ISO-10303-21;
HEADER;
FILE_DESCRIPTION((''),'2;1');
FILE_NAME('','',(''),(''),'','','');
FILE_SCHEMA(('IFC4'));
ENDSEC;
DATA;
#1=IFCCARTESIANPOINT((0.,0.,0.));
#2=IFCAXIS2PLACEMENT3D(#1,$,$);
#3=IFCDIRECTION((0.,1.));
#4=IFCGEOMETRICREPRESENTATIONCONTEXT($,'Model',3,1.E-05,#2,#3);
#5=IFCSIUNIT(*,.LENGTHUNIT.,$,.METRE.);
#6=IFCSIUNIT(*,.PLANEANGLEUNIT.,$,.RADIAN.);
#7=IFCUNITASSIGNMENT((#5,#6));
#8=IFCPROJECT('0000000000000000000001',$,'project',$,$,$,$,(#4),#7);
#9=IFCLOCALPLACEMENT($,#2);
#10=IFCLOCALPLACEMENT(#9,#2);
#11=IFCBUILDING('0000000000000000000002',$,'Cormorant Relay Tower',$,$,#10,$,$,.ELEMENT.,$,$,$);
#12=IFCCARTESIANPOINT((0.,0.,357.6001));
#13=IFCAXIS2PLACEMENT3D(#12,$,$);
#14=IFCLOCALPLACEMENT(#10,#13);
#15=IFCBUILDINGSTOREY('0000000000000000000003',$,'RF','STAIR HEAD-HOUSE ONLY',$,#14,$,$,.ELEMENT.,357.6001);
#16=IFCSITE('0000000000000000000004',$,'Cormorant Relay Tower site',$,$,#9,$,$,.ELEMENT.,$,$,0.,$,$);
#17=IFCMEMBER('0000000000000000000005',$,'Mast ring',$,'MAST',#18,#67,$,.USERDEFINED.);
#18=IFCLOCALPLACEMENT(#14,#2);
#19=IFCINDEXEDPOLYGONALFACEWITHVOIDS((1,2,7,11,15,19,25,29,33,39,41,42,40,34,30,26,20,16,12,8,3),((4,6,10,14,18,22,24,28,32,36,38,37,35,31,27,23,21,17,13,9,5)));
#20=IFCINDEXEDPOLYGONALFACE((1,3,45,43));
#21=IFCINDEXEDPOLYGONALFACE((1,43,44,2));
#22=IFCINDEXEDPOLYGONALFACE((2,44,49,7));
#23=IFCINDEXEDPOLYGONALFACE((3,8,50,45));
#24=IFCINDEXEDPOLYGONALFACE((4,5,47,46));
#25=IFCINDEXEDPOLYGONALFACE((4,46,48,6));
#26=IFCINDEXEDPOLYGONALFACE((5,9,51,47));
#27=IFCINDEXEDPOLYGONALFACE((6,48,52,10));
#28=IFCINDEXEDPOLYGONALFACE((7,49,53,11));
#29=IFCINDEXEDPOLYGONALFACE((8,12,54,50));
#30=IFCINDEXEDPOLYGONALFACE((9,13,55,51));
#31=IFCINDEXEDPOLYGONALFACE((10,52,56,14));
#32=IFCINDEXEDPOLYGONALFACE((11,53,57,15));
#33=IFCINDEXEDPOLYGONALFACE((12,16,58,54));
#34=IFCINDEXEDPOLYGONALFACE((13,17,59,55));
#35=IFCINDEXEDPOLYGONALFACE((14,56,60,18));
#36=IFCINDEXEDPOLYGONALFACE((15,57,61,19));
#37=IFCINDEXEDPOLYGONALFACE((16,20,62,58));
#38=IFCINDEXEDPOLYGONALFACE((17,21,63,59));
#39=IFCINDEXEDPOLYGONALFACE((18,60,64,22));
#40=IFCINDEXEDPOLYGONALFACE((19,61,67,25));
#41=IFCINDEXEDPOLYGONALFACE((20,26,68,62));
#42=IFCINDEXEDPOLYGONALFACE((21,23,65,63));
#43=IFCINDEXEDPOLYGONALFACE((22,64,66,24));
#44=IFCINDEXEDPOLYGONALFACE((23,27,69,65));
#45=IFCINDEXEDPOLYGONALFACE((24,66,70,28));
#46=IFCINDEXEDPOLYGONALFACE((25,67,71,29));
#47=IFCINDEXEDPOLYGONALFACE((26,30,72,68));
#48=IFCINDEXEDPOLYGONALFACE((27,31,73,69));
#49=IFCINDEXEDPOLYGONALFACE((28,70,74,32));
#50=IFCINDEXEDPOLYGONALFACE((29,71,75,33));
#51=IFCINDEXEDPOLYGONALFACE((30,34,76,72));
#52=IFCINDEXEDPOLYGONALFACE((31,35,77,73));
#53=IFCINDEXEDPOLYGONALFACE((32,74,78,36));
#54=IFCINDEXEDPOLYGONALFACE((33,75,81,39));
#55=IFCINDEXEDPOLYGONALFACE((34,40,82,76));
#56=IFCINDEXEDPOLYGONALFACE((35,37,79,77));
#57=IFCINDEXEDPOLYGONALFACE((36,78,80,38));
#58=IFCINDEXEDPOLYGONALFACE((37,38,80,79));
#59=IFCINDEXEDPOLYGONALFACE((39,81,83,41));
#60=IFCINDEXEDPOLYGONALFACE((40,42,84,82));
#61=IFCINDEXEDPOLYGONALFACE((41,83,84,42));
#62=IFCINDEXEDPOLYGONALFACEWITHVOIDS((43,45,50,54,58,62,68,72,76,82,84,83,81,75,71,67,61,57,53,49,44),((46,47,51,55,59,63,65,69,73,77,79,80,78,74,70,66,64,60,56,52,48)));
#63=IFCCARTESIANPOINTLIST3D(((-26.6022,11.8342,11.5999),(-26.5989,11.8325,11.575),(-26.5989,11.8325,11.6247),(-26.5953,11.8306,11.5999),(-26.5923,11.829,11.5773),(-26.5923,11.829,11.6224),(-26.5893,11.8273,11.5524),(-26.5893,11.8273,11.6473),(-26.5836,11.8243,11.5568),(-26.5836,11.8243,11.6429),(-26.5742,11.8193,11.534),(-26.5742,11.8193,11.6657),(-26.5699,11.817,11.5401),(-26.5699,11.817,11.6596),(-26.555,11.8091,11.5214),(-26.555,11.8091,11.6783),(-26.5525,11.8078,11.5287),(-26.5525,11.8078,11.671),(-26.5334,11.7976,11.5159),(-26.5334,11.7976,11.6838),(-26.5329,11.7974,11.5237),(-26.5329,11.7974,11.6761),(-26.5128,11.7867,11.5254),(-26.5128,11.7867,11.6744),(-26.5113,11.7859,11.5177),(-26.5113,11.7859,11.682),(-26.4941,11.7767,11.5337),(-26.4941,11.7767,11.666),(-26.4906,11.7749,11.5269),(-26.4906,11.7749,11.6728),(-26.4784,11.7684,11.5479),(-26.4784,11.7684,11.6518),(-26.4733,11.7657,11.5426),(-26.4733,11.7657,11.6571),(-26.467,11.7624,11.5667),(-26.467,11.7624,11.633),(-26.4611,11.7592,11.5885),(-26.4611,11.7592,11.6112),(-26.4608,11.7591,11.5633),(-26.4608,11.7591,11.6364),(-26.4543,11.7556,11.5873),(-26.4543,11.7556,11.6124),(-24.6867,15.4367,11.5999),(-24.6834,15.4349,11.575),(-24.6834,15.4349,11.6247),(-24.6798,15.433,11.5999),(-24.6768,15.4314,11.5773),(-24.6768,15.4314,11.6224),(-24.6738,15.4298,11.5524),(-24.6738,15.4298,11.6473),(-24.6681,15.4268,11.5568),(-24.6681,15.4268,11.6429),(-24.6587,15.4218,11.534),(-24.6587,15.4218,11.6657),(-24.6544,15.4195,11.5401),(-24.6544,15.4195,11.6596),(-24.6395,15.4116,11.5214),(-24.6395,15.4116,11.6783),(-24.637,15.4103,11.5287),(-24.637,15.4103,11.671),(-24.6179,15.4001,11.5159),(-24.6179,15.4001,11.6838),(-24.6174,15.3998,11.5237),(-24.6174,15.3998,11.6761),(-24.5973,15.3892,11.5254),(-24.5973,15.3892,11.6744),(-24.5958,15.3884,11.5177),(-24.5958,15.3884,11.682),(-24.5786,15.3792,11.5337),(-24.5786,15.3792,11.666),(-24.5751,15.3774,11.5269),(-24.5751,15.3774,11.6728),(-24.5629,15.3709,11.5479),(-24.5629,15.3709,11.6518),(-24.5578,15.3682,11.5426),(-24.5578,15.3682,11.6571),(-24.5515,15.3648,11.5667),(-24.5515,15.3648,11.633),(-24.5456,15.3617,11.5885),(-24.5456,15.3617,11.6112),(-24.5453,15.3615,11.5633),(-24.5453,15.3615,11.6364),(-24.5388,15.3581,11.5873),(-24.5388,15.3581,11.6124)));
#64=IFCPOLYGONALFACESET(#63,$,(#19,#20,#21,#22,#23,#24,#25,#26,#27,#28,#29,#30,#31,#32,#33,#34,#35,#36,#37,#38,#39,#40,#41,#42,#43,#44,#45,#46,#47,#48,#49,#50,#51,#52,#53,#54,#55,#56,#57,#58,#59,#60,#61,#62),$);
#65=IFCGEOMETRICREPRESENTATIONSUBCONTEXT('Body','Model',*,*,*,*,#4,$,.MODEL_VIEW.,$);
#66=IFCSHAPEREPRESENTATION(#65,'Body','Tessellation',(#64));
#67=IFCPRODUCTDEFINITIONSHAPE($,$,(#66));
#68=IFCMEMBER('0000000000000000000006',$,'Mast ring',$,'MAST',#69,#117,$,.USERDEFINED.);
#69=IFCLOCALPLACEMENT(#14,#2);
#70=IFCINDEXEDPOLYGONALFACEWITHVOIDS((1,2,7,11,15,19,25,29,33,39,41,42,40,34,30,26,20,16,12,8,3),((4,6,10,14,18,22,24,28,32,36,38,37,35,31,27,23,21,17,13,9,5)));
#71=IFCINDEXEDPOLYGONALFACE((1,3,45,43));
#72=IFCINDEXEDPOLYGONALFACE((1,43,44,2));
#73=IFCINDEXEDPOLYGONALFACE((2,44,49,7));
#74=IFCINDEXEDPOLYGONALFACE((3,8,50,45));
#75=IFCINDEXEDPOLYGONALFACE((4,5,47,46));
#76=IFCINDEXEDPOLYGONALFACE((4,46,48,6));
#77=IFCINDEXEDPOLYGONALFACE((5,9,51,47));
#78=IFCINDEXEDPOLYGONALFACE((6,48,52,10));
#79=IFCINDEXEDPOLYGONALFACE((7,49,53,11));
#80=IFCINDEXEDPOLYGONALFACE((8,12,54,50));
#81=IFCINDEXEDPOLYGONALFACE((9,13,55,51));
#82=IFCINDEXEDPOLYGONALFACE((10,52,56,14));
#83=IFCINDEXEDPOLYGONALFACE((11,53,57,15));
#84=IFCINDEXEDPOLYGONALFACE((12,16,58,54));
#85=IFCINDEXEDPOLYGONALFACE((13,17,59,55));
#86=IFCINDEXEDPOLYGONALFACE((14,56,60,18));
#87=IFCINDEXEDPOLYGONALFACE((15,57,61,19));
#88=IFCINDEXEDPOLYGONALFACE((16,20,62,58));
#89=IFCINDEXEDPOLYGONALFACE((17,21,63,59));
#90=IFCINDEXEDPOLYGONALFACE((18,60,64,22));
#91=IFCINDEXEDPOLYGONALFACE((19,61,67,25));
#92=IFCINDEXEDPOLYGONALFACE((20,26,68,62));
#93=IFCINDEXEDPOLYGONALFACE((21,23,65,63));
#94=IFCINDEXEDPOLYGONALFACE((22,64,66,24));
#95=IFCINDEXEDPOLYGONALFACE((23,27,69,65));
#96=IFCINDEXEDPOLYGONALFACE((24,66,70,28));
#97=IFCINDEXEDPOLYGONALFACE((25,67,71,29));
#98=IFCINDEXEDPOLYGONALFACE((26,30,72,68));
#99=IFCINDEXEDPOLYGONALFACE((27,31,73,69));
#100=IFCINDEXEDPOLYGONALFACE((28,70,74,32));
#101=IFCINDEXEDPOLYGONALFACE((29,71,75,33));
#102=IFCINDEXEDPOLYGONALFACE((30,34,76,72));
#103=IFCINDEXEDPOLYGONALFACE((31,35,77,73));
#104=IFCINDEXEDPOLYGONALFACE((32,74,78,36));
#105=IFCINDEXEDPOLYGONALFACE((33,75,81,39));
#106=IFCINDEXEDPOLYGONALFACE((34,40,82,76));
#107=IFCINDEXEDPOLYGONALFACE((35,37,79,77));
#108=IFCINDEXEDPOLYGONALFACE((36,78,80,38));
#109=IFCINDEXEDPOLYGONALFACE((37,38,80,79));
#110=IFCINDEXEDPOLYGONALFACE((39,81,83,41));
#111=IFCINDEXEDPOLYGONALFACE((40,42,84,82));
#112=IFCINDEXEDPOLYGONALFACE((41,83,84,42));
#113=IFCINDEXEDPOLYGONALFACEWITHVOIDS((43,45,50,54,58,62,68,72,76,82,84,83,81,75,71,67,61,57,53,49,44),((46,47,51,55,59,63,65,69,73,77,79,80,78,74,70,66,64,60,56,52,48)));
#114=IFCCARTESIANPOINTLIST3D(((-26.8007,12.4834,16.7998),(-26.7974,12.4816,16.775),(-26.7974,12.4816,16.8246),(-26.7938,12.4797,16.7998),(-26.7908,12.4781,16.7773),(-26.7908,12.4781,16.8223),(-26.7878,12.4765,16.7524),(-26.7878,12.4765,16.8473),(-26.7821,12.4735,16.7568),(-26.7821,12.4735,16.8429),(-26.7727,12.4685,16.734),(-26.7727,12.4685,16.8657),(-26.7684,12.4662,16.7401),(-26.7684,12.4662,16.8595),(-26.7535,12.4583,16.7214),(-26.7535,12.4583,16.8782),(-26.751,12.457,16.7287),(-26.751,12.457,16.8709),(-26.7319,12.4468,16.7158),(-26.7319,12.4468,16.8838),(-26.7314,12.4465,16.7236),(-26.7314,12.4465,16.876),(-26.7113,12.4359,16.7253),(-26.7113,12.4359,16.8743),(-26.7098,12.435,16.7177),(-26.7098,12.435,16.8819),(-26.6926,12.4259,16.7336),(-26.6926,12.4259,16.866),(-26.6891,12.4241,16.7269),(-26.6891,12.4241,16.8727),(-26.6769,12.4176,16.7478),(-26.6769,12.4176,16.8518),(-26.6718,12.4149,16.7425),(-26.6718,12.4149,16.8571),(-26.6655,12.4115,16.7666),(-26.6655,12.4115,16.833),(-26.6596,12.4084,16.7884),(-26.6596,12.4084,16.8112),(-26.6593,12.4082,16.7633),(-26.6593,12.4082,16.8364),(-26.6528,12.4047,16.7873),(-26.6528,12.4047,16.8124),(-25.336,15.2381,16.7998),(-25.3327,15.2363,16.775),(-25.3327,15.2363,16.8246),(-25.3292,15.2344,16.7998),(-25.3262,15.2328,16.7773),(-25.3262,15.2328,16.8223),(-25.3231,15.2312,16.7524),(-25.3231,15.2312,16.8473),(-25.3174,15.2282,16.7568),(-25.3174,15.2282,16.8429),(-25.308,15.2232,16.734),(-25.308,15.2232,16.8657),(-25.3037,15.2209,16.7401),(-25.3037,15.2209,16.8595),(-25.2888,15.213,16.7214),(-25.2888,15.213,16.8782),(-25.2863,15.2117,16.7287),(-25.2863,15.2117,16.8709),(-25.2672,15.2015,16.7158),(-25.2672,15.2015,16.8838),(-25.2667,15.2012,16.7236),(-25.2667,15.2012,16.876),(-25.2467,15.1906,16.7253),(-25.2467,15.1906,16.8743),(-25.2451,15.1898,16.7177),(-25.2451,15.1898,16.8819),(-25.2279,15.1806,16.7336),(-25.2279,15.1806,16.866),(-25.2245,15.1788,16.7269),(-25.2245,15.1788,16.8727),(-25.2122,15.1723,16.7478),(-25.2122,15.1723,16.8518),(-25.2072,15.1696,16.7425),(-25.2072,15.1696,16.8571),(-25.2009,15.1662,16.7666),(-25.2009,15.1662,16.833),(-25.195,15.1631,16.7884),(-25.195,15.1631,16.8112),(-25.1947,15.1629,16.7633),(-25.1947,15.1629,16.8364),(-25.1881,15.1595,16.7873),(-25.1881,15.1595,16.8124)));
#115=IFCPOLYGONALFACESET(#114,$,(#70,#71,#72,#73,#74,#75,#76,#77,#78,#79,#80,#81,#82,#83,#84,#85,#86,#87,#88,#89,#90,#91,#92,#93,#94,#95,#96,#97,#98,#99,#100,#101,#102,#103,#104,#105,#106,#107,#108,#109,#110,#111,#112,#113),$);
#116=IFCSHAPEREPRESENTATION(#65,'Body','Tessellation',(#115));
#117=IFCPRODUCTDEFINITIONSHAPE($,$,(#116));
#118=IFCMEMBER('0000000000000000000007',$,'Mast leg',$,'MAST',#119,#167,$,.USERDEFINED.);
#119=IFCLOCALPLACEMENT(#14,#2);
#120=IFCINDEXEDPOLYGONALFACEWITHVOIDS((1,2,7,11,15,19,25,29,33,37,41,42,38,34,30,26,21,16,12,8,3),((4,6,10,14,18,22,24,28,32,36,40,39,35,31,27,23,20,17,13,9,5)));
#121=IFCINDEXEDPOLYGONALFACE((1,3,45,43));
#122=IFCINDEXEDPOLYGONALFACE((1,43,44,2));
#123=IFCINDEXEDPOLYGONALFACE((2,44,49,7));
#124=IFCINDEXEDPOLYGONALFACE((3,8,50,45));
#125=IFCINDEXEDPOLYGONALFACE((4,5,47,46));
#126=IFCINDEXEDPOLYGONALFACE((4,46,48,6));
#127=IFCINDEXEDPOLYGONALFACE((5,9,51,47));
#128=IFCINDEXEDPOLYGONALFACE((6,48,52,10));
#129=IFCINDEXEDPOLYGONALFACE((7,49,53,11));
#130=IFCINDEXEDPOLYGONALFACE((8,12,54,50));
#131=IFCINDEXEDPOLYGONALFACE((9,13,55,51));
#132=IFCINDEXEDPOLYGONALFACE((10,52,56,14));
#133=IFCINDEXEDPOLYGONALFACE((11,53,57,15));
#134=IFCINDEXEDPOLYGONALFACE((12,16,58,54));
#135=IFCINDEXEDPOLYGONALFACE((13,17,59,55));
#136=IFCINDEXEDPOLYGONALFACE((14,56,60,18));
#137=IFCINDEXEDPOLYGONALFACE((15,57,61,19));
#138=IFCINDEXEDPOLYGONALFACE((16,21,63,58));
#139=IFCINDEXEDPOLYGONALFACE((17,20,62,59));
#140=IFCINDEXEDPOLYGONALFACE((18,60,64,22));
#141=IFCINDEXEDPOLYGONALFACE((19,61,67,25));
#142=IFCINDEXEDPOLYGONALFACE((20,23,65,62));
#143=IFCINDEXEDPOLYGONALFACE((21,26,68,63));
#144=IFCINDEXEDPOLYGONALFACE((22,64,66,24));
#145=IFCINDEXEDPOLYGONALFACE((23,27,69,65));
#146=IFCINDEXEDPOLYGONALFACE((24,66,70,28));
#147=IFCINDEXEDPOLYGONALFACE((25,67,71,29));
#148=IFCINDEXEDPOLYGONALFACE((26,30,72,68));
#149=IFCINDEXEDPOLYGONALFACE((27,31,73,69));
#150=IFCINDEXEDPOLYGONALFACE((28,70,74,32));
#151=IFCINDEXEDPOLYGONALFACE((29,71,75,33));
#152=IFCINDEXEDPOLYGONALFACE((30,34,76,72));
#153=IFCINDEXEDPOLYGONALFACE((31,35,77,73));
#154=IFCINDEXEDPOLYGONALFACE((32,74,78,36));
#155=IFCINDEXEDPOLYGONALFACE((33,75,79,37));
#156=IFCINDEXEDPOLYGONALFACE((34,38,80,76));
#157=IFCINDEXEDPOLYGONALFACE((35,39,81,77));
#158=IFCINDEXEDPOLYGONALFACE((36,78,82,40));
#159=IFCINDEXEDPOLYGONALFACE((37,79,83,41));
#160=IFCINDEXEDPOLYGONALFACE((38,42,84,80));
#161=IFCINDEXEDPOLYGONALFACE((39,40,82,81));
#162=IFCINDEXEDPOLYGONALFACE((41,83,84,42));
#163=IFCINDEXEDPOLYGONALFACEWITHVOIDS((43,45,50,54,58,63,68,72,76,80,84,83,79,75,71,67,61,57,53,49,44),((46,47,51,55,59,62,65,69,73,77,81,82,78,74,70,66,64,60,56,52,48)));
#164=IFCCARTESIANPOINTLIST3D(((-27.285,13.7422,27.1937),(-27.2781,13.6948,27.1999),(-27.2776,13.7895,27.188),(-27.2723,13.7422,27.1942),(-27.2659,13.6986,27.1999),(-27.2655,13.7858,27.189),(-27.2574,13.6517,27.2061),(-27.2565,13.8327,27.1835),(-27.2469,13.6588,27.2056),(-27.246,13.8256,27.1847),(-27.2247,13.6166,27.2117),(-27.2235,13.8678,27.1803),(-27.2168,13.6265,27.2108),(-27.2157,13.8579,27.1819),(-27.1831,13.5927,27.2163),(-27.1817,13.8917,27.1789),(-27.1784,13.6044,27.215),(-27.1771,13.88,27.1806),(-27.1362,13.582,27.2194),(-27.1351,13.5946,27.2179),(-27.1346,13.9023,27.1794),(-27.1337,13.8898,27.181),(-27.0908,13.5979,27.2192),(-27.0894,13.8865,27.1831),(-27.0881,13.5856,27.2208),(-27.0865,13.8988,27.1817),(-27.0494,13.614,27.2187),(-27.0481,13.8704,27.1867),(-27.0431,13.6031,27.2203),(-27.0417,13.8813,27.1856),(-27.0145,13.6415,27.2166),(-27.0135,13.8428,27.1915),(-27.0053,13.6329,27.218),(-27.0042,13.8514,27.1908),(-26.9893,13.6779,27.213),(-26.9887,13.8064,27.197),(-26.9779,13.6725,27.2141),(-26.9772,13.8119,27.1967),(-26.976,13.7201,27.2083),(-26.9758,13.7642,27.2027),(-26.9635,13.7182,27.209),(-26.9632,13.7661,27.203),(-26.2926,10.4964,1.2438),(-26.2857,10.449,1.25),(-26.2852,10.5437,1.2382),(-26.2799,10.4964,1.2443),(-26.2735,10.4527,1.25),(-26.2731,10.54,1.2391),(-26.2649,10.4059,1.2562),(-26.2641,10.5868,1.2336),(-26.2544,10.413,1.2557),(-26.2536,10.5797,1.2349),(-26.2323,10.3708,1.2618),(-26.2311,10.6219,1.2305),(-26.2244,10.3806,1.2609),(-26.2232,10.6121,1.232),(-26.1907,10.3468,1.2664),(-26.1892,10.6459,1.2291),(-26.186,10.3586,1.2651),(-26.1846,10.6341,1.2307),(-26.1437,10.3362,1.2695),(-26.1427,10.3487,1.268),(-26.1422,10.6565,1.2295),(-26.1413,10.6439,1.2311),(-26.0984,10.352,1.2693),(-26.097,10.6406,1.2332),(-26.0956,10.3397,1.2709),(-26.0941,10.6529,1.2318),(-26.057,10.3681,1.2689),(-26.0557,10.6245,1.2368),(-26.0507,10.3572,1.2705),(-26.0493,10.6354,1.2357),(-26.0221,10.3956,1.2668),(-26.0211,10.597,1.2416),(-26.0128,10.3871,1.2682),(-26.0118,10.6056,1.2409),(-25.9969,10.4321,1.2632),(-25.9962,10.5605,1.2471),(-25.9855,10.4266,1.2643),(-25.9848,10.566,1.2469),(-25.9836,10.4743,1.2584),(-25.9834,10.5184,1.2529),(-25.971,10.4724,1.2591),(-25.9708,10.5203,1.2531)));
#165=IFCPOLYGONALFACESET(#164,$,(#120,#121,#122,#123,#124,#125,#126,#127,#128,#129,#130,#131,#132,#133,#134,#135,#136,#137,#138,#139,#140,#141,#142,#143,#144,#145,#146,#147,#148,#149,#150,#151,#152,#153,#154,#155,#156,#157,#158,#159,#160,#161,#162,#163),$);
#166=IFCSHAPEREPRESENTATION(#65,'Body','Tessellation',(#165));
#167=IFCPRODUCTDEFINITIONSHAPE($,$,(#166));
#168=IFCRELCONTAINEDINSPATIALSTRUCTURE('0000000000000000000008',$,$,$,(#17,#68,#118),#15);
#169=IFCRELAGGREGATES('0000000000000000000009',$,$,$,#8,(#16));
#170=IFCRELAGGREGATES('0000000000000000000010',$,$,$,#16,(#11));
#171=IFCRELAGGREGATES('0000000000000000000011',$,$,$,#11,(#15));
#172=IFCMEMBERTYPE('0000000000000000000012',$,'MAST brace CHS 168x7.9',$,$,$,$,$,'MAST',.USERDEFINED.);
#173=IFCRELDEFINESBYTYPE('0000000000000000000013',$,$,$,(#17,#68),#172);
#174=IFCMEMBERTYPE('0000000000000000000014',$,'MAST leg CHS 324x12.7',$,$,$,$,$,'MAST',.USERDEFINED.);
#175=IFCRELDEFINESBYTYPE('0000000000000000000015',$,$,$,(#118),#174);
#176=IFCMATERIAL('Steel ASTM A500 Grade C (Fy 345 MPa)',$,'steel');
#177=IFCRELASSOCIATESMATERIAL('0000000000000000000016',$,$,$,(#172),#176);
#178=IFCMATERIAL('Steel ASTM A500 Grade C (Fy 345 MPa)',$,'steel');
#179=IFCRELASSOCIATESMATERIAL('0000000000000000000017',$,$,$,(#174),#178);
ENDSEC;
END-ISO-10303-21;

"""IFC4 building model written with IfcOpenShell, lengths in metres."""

from ifc_helpers import new_model, si_unit, direction, frame, origin, origin_2d, place, context, subcontext, project, spatial, hollow_circle, extrude, material, material_profile, profile_set, type_object, element, save


model = new_model("IFC4")

# Units and contexts
model_context = context("Model", 3, precision=1e-05, world=origin(), true_north=direction((0.0, 1.0)))
body_context = subcontext(model_context, "Body", "Model", "MODEL_VIEW")
ifc_project = project(units=[si_unit("LENGTHUNIT", "METRE"), si_unit("PLANEANGLEUNIT", "RADIAN")], contexts=[model_context])

# Site, building, storey
site_placement = place(None, origin())
site = spatial("IfcSite", under=ifc_project, at=site_placement, Name="Cormorant Relay Tower site", CompositionType="ELEMENT", RefElevation=0.0)
building_placement = place(site_placement, origin())
building = spatial("IfcBuilding", under=site, at=building_placement, Name="Cormorant Relay Tower", CompositionType="ELEMENT")
storey_placement = place(building_placement, frame((0.0, 0.0, 357.6001)))
storey = spatial("IfcBuildingStorey", under=building, at=storey_placement, Name="RF", Description="STAIR HEAD-HOUSE ONLY", CompositionType="ELEMENT", Elevation=357.6001)

# Members
ifc_material_1 = material(Name="Steel ASTM A500 Grade C (Fy 345 MPa)", Category="steel")
ifc_material_profile_1 = material_profile(ifc_material_1, hollow_circle(Radius=0.0842, WallThickness=0.0078, at=origin_2d()), Name="CHS 168x7.9")
ifc_profile_set_1 = profile_set([ifc_material_profile_1], Name="Steel ASTM A500 Grade C (Fy 345 MPa)")
member_type_1 = type_object("IfcMemberType", Name="MAST brace CHS 168x7.9", ElementType="MAST", PredefinedType="USERDEFINED", material=ifc_profile_set_1)
member_1_placement = place(storey_placement, frame((-26.5278, 11.7947, 11.5999), z_axis=(0.469476, 0.882945, 0.0), x_axis=(-0.882945, 0.469476, 0.0)))
element("IfcMember", 1, at=member_1_placement, inside=storey, type_object=member_type_1, Name="Mast ring", ObjectType="MAST", PredefinedType="USERDEFINED", context=body_context, shape_type="SweptSolid", body=[
    extrude(hollow_circle(Radius=0.0842, WallThickness=0.0078, at=origin_2d()), origin(), (0.0, 0.0, 1.0), 4.0801),
])
member_2_placement = place(storey_placement, frame((-26.7263, 12.4438, 16.7998), z_axis=(0.469455, 0.882957, 0.0), x_axis=(-0.882957, 0.469455, 0.0)))
element("IfcMember", 2, at=member_2_placement, inside=storey, type_object=member_type_1, Name="Mast ring", ObjectType="MAST", PredefinedType="USERDEFINED", context=body_context, shape_type="SweptSolid", body=[
    extrude(hollow_circle(Radius=0.0842, WallThickness=0.0078, at=origin_2d()), origin(), (0.0, 0.0, 1.0), 3.1199),
])
ifc_material_2 = material(Name="Steel ASTM A500 Grade C (Fy 345 MPa)", Category="steel")
ifc_material_profile_2 = material_profile(ifc_material_2, hollow_circle(Radius=0.1619, WallThickness=0.0127, at=origin_2d()), Name="CHS 324x12.7")
ifc_profile_set_2 = profile_set([ifc_material_profile_2], Name="Steel ASTM A500 Grade C (Fy 345 MPa)")
member_type_2 = type_object("IfcMemberType", Name="MAST leg CHS 324x12.7", ElementType="MAST", PredefinedType="USERDEFINED", material=ifc_profile_set_2)
member_3_placement = place(storey_placement, frame((-26.1309, 10.4963, 1.25), z_axis=(-0.037921, 0.124025, 0.991554), x_axis=(-0.956299, -0.292392, 0.0)))
element("IfcMember", 3, at=member_3_placement, inside=storey, type_object=member_type_2, Name="Mast leg", ObjectType="MAST", PredefinedType="USERDEFINED", context=body_context, shape_type="SweptSolid", body=[
    extrude(hollow_circle(Radius=0.1619, WallThickness=0.0127, at=origin_2d()), origin(), (0.0, 0.0, 1.0), 26.1709),
])

save(model, "model.ifc")
